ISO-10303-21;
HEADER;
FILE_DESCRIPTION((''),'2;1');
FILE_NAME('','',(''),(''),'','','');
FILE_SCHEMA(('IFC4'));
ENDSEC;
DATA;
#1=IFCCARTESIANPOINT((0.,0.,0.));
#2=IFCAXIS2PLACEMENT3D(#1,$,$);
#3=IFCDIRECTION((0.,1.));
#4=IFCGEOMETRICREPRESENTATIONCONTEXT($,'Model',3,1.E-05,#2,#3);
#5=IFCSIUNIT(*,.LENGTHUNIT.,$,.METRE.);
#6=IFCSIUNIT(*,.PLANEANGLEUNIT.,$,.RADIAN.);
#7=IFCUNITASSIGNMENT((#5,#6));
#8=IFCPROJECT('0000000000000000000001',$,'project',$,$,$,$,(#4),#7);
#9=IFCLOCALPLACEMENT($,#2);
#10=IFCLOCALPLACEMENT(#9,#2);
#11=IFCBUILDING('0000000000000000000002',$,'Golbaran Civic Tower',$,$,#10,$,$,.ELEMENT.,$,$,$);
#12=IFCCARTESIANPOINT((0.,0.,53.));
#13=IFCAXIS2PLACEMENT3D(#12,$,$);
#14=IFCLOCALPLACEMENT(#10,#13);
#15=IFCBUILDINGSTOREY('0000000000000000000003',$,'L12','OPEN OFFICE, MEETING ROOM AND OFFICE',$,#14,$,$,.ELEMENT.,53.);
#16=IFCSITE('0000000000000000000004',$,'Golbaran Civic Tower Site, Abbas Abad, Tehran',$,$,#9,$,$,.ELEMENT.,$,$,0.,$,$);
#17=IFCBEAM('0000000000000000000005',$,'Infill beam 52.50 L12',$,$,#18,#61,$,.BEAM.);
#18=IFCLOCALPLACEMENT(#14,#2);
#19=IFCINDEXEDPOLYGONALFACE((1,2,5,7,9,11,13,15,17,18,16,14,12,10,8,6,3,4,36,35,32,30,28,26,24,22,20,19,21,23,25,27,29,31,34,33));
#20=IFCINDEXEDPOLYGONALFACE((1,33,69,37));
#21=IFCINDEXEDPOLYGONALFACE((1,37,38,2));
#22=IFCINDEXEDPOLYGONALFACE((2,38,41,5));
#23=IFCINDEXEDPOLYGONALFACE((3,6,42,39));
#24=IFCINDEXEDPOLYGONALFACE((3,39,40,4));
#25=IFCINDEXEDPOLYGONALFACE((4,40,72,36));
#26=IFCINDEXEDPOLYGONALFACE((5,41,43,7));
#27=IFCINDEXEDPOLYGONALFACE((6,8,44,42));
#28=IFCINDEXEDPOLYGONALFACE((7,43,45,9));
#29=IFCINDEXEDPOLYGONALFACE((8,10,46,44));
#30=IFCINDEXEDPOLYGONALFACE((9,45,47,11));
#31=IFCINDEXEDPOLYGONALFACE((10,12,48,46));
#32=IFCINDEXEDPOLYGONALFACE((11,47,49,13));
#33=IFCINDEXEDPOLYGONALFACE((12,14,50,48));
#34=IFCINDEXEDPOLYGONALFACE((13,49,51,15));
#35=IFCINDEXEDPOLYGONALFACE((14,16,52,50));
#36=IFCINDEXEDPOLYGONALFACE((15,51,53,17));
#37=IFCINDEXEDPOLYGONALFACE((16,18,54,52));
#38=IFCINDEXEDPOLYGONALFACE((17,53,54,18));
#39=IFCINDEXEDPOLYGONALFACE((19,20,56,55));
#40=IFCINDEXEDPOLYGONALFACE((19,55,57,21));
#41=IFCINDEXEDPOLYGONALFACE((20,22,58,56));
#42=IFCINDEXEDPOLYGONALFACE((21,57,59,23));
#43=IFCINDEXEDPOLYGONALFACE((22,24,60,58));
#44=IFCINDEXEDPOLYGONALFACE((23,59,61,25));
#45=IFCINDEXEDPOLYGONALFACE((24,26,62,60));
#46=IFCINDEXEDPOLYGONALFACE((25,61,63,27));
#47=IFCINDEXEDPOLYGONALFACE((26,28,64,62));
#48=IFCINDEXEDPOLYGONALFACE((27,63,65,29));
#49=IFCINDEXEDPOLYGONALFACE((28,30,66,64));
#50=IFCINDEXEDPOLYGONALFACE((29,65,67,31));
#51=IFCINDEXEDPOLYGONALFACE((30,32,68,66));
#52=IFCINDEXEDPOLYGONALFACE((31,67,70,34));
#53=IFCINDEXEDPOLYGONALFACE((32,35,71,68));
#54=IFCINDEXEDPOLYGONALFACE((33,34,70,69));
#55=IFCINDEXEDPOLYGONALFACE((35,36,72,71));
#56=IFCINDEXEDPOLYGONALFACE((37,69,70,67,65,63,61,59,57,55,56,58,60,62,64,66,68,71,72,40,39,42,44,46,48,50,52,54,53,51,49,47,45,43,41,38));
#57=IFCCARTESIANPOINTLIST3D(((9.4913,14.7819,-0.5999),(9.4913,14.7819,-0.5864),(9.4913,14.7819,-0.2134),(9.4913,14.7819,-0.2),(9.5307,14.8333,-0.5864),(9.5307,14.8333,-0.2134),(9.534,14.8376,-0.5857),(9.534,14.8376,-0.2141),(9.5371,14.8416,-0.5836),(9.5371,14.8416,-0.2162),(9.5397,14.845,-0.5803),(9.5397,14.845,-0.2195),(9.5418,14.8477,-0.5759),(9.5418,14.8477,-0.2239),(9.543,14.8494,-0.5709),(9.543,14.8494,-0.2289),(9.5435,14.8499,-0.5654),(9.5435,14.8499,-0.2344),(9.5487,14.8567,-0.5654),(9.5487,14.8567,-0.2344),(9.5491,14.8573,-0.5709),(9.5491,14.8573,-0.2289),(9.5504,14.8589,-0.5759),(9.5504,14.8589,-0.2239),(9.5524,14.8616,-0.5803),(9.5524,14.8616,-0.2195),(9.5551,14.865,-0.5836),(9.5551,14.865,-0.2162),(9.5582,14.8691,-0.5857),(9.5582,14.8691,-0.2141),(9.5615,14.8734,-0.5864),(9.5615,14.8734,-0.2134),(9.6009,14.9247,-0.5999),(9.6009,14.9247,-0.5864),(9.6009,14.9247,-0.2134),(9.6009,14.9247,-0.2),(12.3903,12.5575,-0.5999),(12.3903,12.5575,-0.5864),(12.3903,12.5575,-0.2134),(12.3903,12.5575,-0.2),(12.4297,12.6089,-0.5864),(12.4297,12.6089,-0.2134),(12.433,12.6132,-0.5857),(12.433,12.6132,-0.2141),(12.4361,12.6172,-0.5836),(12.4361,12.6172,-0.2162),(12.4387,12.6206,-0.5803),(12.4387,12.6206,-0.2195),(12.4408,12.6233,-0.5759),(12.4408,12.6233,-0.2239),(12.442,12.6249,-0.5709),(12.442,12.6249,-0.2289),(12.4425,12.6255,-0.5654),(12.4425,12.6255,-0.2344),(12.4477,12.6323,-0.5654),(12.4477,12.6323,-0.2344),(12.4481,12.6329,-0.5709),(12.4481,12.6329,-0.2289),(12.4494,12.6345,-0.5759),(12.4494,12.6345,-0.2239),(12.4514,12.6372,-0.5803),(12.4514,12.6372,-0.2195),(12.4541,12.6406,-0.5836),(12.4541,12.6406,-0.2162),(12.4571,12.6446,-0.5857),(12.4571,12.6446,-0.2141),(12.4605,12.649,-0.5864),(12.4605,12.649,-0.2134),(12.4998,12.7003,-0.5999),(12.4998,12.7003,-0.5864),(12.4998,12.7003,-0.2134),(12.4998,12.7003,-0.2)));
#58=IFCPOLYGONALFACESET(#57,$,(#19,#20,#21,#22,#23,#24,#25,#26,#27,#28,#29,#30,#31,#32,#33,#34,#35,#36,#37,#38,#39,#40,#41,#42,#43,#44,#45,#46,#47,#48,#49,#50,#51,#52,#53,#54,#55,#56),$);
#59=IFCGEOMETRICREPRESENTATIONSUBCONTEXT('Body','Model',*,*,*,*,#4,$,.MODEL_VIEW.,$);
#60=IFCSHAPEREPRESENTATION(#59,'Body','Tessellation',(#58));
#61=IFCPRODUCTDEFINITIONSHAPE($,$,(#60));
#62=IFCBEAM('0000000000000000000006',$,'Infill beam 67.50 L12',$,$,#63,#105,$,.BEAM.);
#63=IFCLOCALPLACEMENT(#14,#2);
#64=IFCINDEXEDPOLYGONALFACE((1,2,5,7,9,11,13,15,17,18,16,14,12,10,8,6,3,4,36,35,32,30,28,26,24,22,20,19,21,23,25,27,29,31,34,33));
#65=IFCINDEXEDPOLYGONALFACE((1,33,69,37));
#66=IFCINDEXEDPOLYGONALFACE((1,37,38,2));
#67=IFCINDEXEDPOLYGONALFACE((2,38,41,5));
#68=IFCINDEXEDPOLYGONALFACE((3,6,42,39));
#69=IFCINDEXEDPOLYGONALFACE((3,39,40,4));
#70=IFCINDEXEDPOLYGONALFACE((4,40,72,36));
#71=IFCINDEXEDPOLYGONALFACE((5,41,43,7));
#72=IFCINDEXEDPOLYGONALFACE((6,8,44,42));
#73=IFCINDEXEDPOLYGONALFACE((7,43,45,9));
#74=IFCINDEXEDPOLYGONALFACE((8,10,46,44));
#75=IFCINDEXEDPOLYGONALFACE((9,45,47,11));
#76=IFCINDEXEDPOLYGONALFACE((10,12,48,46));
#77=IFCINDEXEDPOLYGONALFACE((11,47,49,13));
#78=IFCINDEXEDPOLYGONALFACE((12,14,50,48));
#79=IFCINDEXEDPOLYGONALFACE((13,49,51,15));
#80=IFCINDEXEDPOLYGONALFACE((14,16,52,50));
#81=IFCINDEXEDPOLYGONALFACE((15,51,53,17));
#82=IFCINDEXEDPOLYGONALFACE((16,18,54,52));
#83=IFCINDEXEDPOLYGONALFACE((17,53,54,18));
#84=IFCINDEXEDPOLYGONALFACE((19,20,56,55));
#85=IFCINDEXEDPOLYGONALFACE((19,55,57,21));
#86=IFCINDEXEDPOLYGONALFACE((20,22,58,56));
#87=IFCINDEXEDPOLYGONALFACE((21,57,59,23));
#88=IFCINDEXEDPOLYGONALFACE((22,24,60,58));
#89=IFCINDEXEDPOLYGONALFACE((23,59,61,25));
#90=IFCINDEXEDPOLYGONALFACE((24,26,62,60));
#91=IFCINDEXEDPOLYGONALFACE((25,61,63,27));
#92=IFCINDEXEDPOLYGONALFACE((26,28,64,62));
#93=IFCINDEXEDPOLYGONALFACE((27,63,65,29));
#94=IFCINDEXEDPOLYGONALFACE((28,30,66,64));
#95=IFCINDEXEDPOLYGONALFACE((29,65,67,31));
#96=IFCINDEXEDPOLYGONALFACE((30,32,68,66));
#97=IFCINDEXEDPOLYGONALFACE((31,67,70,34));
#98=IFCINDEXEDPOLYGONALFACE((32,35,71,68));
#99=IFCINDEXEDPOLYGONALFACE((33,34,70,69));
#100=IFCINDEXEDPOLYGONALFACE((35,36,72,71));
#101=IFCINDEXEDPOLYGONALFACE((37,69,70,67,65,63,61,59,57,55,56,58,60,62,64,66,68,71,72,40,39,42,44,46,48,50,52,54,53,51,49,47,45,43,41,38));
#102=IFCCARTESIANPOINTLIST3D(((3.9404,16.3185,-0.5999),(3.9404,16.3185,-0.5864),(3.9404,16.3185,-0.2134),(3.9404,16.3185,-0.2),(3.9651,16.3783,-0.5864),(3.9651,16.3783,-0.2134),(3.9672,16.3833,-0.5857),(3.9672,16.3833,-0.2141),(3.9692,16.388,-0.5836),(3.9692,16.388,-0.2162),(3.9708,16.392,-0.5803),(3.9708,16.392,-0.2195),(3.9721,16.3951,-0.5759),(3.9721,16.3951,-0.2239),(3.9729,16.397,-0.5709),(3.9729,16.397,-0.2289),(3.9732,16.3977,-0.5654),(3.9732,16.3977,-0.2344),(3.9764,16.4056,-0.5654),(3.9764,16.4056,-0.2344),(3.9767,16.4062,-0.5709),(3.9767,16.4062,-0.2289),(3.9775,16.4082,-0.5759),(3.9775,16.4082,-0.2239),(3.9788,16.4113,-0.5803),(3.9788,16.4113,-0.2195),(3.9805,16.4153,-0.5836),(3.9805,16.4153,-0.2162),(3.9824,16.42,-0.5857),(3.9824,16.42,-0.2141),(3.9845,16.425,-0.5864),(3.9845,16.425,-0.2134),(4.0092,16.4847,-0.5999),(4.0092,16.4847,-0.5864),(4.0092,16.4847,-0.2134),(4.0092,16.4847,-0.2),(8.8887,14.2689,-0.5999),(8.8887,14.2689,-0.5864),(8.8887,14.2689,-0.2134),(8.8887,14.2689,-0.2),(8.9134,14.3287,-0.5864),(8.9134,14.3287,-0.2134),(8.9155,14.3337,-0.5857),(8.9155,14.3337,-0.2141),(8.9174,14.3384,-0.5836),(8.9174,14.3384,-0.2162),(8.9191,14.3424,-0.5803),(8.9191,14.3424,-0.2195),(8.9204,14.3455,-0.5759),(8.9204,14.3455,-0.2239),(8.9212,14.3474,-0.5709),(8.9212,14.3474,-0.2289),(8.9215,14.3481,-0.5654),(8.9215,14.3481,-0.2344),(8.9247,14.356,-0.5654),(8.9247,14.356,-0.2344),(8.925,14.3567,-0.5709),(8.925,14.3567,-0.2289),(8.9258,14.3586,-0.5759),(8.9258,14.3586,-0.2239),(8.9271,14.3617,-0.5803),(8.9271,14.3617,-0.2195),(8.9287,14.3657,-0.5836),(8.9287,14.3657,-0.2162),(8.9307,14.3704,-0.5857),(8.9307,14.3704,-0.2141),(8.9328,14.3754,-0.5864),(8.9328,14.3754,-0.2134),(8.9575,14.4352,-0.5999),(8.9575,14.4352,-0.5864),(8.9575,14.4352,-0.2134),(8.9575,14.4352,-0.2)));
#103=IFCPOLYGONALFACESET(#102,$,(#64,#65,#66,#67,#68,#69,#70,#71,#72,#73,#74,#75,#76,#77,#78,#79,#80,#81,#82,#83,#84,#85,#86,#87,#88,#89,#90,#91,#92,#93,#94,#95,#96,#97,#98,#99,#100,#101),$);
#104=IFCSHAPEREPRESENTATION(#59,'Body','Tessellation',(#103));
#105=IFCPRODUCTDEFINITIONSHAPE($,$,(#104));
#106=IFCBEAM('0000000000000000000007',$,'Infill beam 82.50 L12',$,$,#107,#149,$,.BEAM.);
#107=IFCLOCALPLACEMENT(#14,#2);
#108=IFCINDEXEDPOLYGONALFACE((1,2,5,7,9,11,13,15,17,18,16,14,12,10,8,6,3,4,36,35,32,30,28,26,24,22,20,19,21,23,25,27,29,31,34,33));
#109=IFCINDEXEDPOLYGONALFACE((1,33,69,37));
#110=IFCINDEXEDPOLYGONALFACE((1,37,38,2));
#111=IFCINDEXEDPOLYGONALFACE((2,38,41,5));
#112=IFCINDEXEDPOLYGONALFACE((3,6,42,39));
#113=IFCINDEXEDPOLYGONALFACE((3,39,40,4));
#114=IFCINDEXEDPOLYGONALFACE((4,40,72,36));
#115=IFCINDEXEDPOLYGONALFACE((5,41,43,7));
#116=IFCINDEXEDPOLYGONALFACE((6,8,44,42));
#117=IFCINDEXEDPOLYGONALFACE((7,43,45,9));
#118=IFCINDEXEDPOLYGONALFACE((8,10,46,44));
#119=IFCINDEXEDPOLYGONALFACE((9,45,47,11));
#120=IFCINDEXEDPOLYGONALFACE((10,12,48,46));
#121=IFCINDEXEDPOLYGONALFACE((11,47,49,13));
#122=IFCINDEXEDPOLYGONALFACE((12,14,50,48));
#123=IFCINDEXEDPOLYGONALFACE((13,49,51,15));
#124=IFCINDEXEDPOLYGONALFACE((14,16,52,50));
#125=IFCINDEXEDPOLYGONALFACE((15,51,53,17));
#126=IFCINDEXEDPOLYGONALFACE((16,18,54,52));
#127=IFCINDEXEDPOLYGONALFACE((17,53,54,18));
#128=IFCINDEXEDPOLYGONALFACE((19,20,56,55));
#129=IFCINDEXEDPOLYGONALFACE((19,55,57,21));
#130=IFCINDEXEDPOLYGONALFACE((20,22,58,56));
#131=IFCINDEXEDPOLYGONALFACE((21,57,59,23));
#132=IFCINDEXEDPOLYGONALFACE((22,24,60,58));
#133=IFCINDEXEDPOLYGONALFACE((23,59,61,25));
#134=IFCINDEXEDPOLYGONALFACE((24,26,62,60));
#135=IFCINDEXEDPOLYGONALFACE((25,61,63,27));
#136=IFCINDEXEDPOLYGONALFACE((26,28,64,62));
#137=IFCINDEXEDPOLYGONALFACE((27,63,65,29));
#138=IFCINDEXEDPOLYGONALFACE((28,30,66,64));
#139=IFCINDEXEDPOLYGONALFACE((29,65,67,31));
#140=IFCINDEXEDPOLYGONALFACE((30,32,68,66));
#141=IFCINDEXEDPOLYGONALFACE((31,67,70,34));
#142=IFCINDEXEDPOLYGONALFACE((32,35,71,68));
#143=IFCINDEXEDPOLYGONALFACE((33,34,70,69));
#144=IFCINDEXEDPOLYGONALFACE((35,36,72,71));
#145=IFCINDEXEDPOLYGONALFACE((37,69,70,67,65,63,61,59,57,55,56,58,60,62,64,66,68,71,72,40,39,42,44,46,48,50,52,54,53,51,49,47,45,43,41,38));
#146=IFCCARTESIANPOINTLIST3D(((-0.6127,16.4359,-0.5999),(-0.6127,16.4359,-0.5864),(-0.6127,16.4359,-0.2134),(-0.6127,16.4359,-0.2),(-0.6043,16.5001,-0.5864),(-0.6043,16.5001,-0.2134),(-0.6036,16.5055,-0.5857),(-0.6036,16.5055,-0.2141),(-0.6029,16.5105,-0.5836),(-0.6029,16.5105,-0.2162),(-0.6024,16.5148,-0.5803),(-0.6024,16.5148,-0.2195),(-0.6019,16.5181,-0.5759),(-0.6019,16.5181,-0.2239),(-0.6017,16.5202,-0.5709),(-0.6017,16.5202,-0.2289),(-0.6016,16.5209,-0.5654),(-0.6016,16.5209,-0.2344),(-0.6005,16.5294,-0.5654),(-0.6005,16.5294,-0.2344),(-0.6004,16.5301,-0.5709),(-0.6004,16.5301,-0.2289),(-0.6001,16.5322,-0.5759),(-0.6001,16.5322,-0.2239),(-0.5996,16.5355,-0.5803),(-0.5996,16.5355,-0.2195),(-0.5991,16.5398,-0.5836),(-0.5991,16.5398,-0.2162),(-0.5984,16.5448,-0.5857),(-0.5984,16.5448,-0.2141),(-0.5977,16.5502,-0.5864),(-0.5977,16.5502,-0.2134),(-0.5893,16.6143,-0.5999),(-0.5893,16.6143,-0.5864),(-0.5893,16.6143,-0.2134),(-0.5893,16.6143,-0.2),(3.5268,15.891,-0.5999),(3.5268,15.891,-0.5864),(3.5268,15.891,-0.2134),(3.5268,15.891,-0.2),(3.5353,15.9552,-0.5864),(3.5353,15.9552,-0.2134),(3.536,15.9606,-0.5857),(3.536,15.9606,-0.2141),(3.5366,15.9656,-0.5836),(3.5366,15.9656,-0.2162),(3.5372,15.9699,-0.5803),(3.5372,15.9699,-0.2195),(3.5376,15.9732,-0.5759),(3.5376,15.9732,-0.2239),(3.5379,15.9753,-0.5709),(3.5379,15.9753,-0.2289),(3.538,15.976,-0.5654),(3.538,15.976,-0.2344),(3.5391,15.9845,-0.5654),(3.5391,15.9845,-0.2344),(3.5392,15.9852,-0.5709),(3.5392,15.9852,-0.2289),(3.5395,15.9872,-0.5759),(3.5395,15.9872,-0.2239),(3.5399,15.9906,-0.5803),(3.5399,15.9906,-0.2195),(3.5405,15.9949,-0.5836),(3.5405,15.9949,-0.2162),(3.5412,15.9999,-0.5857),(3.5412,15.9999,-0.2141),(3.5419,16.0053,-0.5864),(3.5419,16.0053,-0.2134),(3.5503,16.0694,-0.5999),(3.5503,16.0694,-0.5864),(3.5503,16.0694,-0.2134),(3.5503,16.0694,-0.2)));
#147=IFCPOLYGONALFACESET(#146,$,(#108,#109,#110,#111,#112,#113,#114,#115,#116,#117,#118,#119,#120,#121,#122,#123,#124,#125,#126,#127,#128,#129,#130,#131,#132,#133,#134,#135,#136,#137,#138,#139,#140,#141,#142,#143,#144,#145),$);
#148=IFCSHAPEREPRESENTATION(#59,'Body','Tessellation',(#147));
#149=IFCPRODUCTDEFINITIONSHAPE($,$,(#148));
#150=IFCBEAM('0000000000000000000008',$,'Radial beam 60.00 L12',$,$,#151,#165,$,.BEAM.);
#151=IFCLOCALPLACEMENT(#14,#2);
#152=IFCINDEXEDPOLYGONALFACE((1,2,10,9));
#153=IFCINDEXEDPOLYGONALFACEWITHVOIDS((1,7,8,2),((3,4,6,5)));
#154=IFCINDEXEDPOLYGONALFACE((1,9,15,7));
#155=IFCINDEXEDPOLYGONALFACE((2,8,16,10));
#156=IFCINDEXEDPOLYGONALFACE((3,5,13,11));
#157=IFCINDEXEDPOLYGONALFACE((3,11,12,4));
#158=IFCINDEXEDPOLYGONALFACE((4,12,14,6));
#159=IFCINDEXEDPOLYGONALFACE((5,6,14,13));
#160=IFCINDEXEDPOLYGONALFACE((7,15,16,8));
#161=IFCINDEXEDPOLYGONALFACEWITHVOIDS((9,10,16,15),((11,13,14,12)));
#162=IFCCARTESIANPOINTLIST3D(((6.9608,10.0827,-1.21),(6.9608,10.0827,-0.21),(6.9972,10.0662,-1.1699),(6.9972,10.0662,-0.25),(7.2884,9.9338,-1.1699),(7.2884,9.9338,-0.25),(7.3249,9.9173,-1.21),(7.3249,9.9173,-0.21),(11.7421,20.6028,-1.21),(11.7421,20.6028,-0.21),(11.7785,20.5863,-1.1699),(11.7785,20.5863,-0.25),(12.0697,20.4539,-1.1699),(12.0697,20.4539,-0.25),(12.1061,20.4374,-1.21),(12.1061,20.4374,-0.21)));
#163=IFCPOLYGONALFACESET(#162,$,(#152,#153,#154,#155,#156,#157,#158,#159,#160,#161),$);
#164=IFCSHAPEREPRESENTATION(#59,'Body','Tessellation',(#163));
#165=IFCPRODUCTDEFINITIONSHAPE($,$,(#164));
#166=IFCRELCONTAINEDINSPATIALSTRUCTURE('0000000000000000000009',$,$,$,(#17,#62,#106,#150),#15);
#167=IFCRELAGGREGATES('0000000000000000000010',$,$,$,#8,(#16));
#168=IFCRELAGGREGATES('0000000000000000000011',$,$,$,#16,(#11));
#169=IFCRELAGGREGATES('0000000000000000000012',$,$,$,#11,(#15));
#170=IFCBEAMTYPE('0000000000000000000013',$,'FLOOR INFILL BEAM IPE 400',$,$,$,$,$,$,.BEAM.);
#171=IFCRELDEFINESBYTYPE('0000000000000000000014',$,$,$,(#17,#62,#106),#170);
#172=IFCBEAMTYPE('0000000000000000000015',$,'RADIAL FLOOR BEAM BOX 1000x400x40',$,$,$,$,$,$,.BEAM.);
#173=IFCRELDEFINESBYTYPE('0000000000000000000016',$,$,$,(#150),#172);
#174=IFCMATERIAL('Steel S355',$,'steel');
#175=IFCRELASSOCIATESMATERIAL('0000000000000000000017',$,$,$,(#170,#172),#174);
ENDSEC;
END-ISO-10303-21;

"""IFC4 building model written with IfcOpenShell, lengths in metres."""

from ifc_helpers import new_model, si_unit, direction, frame, origin, origin_2d, place, context, subcontext, project, spatial, hollow_rectangle, i_section, extrude, material, material_profile, profile_set, type_object, element, save


model = new_model("IFC4")

# Units and contexts
model_context = context("Model", 3, precision=1e-05, world=origin(), true_north=direction((0.0, 1.0)))
body_context = subcontext(model_context, "Body", "Model", "MODEL_VIEW")
ifc_project = project(units=[si_unit("LENGTHUNIT", "METRE"), si_unit("PLANEANGLEUNIT", "RADIAN")], contexts=[model_context])

# Site, building, storey
site_placement = place(None, origin())
site = spatial("IfcSite", under=ifc_project, at=site_placement, Name="Golbaran Civic Tower Site, Abbas Abad, Tehran", CompositionType="ELEMENT", RefElevation=0.0)
building_placement = place(site_placement, origin())
building = spatial("IfcBuilding", under=site, at=building_placement, Name="Golbaran Civic Tower", CompositionType="ELEMENT")
storey_placement = place(building_placement, frame((0.0, 0.0, 53.0)))
storey = spatial("IfcBuildingStorey", under=building, at=storey_placement, Name="L12", Description="OPEN OFFICE, MEETING ROOM AND OFFICE", CompositionType="ELEMENT", Elevation=53.0)

# Beams
ifc_material_1 = material(Name="Steel S355", Category="steel")
ifc_material_profile_1 = material_profile(ifc_material_1, i_section(OverallWidth=0.1799, OverallDepth=0.3999, WebThickness=0.0085, FlangeThickness=0.0134, FilletRadius=0.021, at=origin_2d()), Name="IPE 400")
ifc_profile_set_1 = profile_set([ifc_material_profile_1], Name="Steel S355")
beam_type_1 = type_object("IfcBeamType", Name="FLOOR INFILL BEAM IPE 400", PredefinedType="BEAM", material=ifc_profile_set_1)
beam_1_placement = place(storey_placement, frame((12.4451, 12.6289, -0.3999), z_axis=(-0.793361, 0.608751, 0.0), x_axis=(-0.608751, -0.793361, 0.0)))
element("IfcBeam", 1, at=beam_1_placement, inside=storey, type_object=beam_type_1, Name="Infill beam 52.50 L12", PredefinedType="BEAM", context=body_context, shape_type="SweptSolid", body=[
    extrude(i_section(OverallWidth=0.1799, OverallDepth=0.3999, WebThickness=0.0085, FlangeThickness=0.0134, FilletRadius=0.021, at=origin_2d()), origin(), (0.0, 0.0, 1.0), 3.6541),
])
beam_2_placement = place(storey_placement, frame((8.9231, 14.3521, -0.3999), z_axis=(-0.923884, 0.382673, 0.0), x_axis=(-0.382673, -0.923884, 0.0)))
element("IfcBeam", 2, at=beam_2_placement, inside=storey, type_object=beam_type_1, Name="Infill beam 67.50 L12", PredefinedType="BEAM", context=body_context, shape_type="SweptSolid", body=[
    extrude(i_section(OverallWidth=0.1799, OverallDepth=0.3999, WebThickness=0.0085, FlangeThickness=0.0134, FilletRadius=0.021, at=origin_2d()), origin(), (0.0, 0.0, 1.0), 5.356),
])
beam_3_placement = place(storey_placement, frame((3.5386, 15.9802, -0.3999), z_axis=(-0.991447, 0.130509, 0.0), x_axis=(-0.130509, -0.991447, 0.0)))
element("IfcBeam", 3, at=beam_3_placement, inside=storey, type_object=beam_type_1, Name="Infill beam 82.50 L12", PredefinedType="BEAM", context=body_context, shape_type="SweptSolid", body=[
    extrude(i_section(OverallWidth=0.1799, OverallDepth=0.3999, WebThickness=0.0085, FlangeThickness=0.0134, FilletRadius=0.021, at=origin_2d()), origin(), (0.0, 0.0, 1.0), 4.1753),
])
ifc_material_profile_2 = material_profile(ifc_material_1, hollow_rectangle(XDim=0.3999, YDim=1.0, WallThickness=0.04, at=origin_2d()), Name="BOX 1000x400x40")
ifc_profile_set_2 = profile_set([ifc_material_profile_2], Name="Steel S355")
beam_type_2 = type_object("IfcBeamType", Name="RADIAL FLOOR BEAM BOX 1000x400x40", PredefinedType="BEAM", material=ifc_profile_set_2)
beam_4_placement = place(storey_placement, frame((7.1428, 10.0, -0.71), z_axis=(0.413762, 0.910385, 0.0), x_axis=(-0.910385, 0.413762, 0.0)))
element("IfcBeam", 4, at=beam_4_placement, inside=storey, type_object=beam_type_2, Name="Radial beam 60.00 L12", PredefinedType="BEAM", context=body_context, shape_type="SweptSolid", body=[
    extrude(hollow_rectangle(XDim=0.3999, YDim=1.0, WallThickness=0.04, at=origin_2d()), origin(), (0.0, 0.0, 1.0), 11.5557),
])

save(model, "model.ifc")
